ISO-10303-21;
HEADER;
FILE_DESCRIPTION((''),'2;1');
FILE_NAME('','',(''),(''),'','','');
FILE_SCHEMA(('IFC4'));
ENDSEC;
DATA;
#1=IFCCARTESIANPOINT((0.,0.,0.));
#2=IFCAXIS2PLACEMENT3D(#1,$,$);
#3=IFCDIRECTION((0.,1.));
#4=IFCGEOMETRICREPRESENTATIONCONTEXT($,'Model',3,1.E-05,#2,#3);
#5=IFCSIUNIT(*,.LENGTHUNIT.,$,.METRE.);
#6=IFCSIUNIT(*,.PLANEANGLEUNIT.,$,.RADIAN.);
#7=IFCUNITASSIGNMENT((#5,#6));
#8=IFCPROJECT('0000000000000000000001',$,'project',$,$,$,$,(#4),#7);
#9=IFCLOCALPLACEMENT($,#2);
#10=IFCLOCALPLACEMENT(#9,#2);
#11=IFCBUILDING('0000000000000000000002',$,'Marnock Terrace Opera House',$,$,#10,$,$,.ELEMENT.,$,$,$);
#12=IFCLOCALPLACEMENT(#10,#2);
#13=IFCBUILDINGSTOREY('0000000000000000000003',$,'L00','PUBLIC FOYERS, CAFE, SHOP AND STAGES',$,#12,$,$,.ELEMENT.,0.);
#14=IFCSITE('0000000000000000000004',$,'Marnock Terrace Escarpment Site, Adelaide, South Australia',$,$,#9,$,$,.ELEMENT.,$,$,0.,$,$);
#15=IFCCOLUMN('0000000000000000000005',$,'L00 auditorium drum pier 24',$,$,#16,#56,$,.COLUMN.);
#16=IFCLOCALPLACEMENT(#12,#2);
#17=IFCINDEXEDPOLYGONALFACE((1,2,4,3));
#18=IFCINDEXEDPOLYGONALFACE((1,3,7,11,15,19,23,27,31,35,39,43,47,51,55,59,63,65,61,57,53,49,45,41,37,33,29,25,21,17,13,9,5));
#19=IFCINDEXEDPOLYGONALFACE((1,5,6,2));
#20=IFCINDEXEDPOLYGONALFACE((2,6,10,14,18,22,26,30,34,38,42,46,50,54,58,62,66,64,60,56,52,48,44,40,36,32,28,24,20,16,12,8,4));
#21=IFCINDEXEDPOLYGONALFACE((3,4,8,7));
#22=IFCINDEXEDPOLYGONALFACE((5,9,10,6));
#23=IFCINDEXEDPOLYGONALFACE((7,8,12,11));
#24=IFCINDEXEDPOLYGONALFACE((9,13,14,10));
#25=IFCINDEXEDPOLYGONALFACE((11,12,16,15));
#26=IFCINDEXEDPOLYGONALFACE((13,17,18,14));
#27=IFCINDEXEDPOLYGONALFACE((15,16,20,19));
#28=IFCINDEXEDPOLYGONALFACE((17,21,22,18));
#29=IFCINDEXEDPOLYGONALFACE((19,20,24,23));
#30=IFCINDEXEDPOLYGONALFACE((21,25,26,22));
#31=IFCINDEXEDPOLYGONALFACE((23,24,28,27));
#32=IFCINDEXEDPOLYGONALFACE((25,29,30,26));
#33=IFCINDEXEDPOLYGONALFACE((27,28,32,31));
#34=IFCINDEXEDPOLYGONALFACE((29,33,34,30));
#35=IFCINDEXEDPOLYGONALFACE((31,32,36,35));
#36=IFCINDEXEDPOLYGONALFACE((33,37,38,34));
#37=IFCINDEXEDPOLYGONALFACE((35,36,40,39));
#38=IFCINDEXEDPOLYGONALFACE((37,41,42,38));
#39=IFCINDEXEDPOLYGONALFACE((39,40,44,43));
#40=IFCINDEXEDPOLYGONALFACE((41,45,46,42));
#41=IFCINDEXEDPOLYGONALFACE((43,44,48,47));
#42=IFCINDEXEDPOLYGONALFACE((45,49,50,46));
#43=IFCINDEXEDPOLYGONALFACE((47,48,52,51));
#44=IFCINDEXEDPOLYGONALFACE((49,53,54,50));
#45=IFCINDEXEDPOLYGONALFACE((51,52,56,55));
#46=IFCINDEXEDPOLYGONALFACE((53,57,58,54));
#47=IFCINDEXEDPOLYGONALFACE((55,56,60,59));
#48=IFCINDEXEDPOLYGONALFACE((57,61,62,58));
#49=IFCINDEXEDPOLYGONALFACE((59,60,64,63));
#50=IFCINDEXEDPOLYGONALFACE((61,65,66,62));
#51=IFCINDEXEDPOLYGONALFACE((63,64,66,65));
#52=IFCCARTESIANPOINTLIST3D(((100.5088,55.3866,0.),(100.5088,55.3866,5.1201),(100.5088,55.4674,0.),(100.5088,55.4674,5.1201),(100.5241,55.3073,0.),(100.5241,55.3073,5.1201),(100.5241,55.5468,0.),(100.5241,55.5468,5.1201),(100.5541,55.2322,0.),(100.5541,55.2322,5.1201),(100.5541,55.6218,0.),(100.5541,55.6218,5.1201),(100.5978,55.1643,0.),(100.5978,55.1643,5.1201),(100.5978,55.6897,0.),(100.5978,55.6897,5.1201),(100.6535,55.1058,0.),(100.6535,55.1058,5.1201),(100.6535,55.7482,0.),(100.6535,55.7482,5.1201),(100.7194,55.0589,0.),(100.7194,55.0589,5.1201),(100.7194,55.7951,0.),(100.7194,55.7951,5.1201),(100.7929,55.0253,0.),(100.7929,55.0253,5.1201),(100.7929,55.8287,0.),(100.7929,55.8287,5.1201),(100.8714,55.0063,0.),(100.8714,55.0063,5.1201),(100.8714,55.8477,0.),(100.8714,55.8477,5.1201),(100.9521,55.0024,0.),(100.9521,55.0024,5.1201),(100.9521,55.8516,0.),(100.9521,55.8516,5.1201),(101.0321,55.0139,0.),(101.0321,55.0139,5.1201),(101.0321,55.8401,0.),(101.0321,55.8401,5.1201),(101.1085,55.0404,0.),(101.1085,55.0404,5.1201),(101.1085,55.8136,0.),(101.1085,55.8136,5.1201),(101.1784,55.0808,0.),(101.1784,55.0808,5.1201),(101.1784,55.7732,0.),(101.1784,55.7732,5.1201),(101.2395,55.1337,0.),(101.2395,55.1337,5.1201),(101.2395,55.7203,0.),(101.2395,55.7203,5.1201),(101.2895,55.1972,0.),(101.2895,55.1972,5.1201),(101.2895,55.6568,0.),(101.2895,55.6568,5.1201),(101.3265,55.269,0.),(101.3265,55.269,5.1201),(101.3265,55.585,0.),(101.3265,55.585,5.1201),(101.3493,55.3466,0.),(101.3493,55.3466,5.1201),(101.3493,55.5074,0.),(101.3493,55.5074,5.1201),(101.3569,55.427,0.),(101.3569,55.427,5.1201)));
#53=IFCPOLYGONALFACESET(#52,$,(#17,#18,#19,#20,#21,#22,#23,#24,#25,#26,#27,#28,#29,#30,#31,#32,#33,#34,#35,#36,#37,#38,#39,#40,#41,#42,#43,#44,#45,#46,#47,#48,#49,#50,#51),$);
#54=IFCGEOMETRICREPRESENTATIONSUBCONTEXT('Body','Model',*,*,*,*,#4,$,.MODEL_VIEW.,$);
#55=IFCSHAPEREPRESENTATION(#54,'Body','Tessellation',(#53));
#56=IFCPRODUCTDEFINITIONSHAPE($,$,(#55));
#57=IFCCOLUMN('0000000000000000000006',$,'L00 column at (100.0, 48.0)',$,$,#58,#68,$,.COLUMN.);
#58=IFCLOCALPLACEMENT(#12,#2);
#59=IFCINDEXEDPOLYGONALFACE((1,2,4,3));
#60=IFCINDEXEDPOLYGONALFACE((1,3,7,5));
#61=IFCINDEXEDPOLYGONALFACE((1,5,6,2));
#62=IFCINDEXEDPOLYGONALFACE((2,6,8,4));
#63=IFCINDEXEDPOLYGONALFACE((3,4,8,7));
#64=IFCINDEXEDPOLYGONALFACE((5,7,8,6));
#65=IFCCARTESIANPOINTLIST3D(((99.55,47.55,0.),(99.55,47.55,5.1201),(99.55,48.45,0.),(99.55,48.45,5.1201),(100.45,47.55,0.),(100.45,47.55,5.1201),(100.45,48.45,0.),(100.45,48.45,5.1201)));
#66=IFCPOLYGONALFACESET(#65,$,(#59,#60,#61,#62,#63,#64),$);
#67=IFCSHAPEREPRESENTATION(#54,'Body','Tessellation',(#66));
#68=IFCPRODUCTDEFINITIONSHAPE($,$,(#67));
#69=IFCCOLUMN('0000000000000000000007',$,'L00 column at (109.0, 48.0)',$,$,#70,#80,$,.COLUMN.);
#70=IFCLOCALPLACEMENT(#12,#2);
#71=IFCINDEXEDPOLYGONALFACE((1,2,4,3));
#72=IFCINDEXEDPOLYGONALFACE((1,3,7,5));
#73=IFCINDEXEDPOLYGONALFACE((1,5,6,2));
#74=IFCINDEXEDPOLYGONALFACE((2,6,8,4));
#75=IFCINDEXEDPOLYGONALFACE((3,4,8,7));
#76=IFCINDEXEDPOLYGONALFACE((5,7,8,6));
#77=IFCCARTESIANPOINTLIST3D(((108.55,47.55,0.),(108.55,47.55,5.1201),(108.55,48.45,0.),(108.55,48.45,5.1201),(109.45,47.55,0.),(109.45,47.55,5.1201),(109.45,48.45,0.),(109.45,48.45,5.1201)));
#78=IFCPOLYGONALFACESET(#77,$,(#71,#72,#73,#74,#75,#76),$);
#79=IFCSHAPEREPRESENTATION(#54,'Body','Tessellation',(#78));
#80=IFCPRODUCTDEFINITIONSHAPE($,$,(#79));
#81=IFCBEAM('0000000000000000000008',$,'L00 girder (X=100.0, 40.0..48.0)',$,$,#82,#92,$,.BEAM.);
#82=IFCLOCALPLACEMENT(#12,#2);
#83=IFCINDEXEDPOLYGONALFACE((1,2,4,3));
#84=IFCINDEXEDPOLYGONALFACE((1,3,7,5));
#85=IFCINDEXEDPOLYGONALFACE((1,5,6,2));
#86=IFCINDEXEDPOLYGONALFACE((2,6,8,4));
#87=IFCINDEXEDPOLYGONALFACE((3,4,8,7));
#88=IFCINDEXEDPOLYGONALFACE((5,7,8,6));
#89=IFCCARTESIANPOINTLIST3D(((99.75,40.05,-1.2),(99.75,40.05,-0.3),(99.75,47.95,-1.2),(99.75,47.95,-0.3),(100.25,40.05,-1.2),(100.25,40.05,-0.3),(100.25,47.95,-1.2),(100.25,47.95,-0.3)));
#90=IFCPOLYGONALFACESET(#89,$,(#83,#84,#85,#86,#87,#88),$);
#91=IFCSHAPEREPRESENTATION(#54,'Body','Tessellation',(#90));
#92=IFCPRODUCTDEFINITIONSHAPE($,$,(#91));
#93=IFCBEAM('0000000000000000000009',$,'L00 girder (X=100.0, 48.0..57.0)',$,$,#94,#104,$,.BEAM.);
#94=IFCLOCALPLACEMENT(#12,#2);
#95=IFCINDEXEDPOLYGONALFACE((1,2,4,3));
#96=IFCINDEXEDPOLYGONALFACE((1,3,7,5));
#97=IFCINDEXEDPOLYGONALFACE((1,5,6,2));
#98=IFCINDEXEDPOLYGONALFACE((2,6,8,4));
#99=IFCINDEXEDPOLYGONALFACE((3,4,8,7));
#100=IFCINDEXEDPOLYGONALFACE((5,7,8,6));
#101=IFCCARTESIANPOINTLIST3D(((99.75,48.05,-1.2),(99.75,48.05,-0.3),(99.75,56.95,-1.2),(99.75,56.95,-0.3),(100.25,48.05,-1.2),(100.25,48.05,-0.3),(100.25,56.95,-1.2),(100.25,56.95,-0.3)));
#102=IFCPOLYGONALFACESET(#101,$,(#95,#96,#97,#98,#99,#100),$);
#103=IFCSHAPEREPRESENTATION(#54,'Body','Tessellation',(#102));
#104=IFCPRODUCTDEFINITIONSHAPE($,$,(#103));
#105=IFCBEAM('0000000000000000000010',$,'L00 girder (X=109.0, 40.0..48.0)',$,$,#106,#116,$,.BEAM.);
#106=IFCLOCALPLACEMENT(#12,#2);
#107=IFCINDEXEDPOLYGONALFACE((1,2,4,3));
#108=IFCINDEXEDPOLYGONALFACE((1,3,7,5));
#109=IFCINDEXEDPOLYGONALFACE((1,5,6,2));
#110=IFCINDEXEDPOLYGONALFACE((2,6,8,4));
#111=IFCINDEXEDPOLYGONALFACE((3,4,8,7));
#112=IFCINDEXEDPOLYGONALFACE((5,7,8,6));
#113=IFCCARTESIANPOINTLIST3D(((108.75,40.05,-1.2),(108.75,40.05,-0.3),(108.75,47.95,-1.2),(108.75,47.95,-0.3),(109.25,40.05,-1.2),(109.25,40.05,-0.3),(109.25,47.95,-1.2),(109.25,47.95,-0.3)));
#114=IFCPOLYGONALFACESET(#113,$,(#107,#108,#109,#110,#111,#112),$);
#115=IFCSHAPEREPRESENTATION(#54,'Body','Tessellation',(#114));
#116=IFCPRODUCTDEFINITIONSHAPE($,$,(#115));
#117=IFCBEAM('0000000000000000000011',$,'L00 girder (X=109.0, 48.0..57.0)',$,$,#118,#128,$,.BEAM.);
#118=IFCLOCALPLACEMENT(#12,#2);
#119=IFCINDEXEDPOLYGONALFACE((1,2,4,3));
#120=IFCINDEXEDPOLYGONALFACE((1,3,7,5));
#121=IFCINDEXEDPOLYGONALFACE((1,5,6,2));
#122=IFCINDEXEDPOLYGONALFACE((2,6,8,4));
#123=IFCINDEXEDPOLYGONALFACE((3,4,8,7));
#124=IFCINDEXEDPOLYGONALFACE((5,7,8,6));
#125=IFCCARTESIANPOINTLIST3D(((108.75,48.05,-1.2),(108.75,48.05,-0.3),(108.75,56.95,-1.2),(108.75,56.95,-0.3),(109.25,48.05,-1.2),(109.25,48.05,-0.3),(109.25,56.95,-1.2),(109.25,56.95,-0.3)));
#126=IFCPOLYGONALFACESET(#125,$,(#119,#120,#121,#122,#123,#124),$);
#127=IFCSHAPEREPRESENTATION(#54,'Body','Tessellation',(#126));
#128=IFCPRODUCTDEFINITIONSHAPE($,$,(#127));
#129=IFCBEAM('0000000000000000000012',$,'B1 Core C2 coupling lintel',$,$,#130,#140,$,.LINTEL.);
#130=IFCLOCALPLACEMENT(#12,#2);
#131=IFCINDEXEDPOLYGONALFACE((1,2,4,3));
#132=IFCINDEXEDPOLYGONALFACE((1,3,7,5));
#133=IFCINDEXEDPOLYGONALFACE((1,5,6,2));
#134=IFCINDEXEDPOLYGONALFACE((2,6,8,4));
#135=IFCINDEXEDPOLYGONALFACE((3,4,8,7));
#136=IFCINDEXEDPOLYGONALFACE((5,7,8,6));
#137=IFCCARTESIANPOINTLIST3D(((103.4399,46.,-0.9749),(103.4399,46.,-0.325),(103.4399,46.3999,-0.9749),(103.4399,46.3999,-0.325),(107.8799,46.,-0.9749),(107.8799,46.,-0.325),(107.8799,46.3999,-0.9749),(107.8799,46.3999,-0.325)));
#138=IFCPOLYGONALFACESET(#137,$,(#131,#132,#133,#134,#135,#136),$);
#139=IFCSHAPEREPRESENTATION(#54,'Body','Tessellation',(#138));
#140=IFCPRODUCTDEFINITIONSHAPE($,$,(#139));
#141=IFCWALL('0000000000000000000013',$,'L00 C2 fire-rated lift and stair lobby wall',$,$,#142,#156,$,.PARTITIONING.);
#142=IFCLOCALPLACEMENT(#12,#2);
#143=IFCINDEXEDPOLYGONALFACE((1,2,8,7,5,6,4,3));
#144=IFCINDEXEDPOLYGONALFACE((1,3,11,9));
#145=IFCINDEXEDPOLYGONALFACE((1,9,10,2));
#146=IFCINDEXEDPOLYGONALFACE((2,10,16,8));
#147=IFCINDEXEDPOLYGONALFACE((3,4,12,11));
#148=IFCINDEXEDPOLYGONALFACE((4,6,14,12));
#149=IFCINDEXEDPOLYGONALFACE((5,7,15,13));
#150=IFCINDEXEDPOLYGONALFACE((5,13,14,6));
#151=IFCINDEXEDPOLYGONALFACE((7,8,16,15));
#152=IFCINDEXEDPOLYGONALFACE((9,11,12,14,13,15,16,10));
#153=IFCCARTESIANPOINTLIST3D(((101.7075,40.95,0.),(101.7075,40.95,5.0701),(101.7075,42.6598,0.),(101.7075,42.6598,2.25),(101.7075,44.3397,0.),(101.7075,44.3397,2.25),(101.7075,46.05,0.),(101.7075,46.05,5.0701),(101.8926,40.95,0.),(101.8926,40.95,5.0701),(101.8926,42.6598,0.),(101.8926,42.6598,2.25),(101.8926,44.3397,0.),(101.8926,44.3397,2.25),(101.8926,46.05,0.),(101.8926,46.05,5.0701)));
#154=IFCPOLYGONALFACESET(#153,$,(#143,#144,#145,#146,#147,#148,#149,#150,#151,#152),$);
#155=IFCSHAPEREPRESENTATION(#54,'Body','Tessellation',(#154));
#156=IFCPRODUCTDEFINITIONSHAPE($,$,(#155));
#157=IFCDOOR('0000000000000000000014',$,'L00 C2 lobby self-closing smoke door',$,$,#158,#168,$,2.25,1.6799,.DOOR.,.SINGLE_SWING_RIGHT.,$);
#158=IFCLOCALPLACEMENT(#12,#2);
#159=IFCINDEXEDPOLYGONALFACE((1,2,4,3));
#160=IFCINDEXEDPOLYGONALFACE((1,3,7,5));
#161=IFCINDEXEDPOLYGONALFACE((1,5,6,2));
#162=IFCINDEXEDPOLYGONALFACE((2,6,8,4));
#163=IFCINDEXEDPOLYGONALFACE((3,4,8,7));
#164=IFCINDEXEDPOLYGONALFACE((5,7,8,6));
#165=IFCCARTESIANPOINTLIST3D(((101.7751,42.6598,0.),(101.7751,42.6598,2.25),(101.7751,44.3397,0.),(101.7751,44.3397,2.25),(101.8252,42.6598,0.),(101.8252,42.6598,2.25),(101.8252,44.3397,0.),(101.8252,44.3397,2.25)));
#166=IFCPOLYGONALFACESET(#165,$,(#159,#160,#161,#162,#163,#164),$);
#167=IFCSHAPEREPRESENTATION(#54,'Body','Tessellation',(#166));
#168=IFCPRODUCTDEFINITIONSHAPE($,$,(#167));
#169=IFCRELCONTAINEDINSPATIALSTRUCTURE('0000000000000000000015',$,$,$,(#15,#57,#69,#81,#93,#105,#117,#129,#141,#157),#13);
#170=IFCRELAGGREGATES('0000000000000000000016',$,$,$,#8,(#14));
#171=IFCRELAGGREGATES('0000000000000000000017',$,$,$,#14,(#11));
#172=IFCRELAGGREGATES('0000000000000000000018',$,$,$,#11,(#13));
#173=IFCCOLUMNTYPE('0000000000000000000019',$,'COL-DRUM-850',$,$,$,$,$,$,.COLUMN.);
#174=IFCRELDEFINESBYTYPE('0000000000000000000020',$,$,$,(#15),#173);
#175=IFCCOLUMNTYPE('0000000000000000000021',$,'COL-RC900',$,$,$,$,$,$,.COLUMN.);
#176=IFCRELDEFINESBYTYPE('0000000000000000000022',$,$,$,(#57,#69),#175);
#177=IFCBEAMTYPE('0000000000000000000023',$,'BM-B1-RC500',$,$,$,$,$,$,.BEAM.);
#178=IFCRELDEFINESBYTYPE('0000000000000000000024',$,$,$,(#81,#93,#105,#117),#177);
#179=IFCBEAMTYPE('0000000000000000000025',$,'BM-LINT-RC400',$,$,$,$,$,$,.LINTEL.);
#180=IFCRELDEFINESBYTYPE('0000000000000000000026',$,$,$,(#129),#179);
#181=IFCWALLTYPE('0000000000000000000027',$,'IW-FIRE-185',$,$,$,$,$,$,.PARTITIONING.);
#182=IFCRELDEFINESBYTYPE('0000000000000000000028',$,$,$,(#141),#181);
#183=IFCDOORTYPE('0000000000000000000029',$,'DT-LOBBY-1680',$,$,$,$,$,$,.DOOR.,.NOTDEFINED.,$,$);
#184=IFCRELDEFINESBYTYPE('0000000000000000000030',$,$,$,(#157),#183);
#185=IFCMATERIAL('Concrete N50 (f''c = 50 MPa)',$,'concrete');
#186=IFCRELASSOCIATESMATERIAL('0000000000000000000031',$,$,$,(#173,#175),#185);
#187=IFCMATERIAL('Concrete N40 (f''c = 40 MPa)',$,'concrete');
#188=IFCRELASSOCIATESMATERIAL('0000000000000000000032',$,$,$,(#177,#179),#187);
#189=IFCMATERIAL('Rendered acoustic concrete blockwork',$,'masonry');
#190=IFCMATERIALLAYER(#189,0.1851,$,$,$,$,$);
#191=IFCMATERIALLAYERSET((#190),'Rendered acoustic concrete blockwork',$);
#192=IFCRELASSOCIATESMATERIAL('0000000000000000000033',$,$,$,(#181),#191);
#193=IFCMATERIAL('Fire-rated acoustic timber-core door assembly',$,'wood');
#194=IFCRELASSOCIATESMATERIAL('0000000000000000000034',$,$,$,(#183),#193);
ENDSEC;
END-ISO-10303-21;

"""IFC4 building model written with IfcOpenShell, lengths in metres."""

from ifc_helpers import new_model, si_unit, direction, frame, frame_2d, origin, origin_2d, place, context, subcontext, project, spatial, rectangle, circle, extrude, material, layer, layer_set, material_profile, profile_set, type_object, element, fill, save


model = new_model("IFC4")

# Units and contexts
model_context = context("Model", 3, precision=1e-05, world=origin(), true_north=direction((0.0, 1.0)))
body_context = subcontext(model_context, "Body", "Model", "MODEL_VIEW")
ifc_project = project(units=[si_unit("LENGTHUNIT", "METRE"), si_unit("PLANEANGLEUNIT", "RADIAN")], contexts=[model_context])

# Site, building, storey
site_placement = place(None, origin())
site = spatial("IfcSite", under=ifc_project, at=site_placement, Name="Marnock Terrace Escarpment Site, Adelaide, South Australia", CompositionType="ELEMENT", RefElevation=0.0)
building_placement = place(site_placement, origin())
building = spatial("IfcBuilding", under=site, at=building_placement, Name="Marnock Terrace Opera House", CompositionType="ELEMENT")
storey_placement = place(building_placement, origin())
storey = spatial("IfcBuildingStorey", under=building, at=storey_placement, Name="L00", Description="PUBLIC FOYERS, CAFE, SHOP AND STAGES", CompositionType="ELEMENT", Elevation=0.0)

# Columns
ifc_material_1 = material(Name="Concrete N50 (f'c = 50 MPa)", Category="concrete")
ifc_material_profile_1 = material_profile(ifc_material_1, circle(Radius=0.425, at=origin_2d()))
ifc_profile_set_1 = profile_set([ifc_material_profile_1], Name="Concrete N50 (f'c = 50 MPa)")
column_type_1 = type_object("IfcColumnType", Name="COL-DRUM-850", PredefinedType="COLUMN", material=ifc_profile_set_1)
column_placement = place(storey_placement, frame((100.9319, 55.427, 0.0), z_axis=(0.0, 0.0, 1.0), x_axis=(1.0, 0.0, 0.0)))
element("IfcColumn", 1, at=column_placement, inside=storey, type_object=column_type_1, Name="L00 auditorium drum pier 24", PredefinedType="COLUMN", context=body_context, shape_type="SweptSolid", body=[
    extrude(circle(Radius=0.425, at=origin_2d()), origin(), (0.0, 0.0, 1.0), 5.1201),
])
ifc_material_profile_2 = material_profile(ifc_material_1, rectangle(XDim=0.8999, YDim=0.8999, at=origin_2d()))
ifc_profile_set_2 = profile_set([ifc_material_profile_2], Name="Concrete N50 (f'c = 50 MPa)")
column_type_2 = type_object("IfcColumnType", Name="COL-RC900", PredefinedType="COLUMN", material=ifc_profile_set_2)
for number, where, z_axis, x_axis, name in (
    (2, (100.0, 48.0, 0.0), (0.0, 0.0, 1.0), (1.0, 0.0, 0.0), "L00 column at (100.0, 48.0)"),
    (3, (109.0, 48.0, 0.0), (0.0, 0.0, 1.0), (1.0, 0.0, 0.0), "L00 column at (109.0, 48.0)"),
):
    element("IfcColumn", number, at=place(storey_placement, frame(where, z_axis=z_axis, x_axis=x_axis)), inside=storey, type_object=column_type_2, Name=name, PredefinedType="COLUMN", context=body_context, shape_type="SweptSolid", body=[
        extrude(rectangle(XDim=0.8999, YDim=0.8999, at=origin_2d()), origin(), (0.0, 0.0, 1.0), 5.1201),
    ])

# Beams
ifc_material_2 = material(Name="Concrete N40 (f'c = 40 MPa)", Category="concrete")
ifc_material_profile_3 = material_profile(ifc_material_2, rectangle(XDim=0.5, YDim=0.8999, at=origin_2d()))
ifc_profile_set_3 = profile_set([ifc_material_profile_3], Name="Concrete N40 (f'c = 40 MPa)")
beam_type_1 = type_object("IfcBeamType", Name="BM-B1-RC500", PredefinedType="BEAM", material=ifc_profile_set_3)
beam_1_placement = place(storey_placement, frame((100.0, 40.05, -0.75), z_axis=(0.0, 1.0, 0.0), x_axis=(-1.0, 0.0, 0.0)))
element("IfcBeam", 4, at=beam_1_placement, inside=storey, type_object=beam_type_1, Name="L00 girder (X=100.0, 40.0..48.0)", PredefinedType="BEAM", context=body_context, shape_type="SweptSolid", body=[
    extrude(rectangle(XDim=0.5, YDim=0.8999, at=origin_2d()), origin(), (0.0, 0.0, 1.0), 7.8999),
])
beam_2_placement = place(storey_placement, frame((100.0, 48.05, -0.75), z_axis=(0.0, 1.0, 0.0), x_axis=(-1.0, 0.0, 0.0)))
element("IfcBeam", 5, at=beam_2_placement, inside=storey, type_object=beam_type_1, Name="L00 girder (X=100.0, 48.0..57.0)", PredefinedType="BEAM", context=body_context, shape_type="SweptSolid", body=[
    extrude(rectangle(XDim=0.5, YDim=0.8999, at=origin_2d()), origin(), (0.0, 0.0, 1.0), 8.8999),
])
beam_3_placement = place(storey_placement, frame((109.0, 40.05, -0.75), z_axis=(0.0, 1.0, 0.0), x_axis=(-1.0, 0.0, 0.0)))
element("IfcBeam", 6, at=beam_3_placement, inside=storey, type_object=beam_type_1, Name="L00 girder (X=109.0, 40.0..48.0)", PredefinedType="BEAM", context=body_context, shape_type="SweptSolid", body=[
    extrude(rectangle(XDim=0.5, YDim=0.8999, at=origin_2d()), origin(), (0.0, 0.0, 1.0), 7.8999),
])
beam_4_placement = place(storey_placement, frame((109.0, 48.05, -0.75), z_axis=(0.0, 1.0, 0.0), x_axis=(-1.0, 0.0, 0.0)))
element("IfcBeam", 7, at=beam_4_placement, inside=storey, type_object=beam_type_1, Name="L00 girder (X=109.0, 48.0..57.0)", PredefinedType="BEAM", context=body_context, shape_type="SweptSolid", body=[
    extrude(rectangle(XDim=0.5, YDim=0.8999, at=origin_2d()), origin(), (0.0, 0.0, 1.0), 8.8999),
])
ifc_material_profile_4 = material_profile(ifc_material_2, rectangle(XDim=0.3999, YDim=0.6499, at=origin_2d()))
ifc_profile_set_4 = profile_set([ifc_material_profile_4], Name="Concrete N40 (f'c = 40 MPa)")
beam_type_2 = type_object("IfcBeamType", Name="BM-LINT-RC400", PredefinedType="LINTEL", material=ifc_profile_set_4)
beam_5_placement = place(storey_placement, frame((103.4399, 46.2, -0.6499), z_axis=(1.0, 0.0, 0.0), x_axis=(0.0, 1.0, 0.0)))
element("IfcBeam", 8, at=beam_5_placement, inside=storey, type_object=beam_type_2, Name="B1 Core C2 coupling lintel", PredefinedType="LINTEL", context=body_context, shape_type="SweptSolid", body=[
    extrude(rectangle(XDim=0.3999, YDim=0.6499, at=origin_2d()), origin(), (0.0, 0.0, 1.0), 4.4399),
])

# Wall, opening, door
ifc_material_3 = material(Name="Rendered acoustic concrete blockwork", Category="masonry")
ifc_layer_1 = layer(ifc_material_3, 0.1851)
ifc_layer_set_1 = layer_set([ifc_layer_1], Name="Rendered acoustic concrete blockwork")
wall_type_1 = type_object("IfcWallType", Name="IW-FIRE-185", PredefinedType="PARTITIONING", material=ifc_layer_set_1)
wall_1_placement = place(storey_placement, frame((101.8, 40.95, 0.0), z_axis=(0.0, 0.0, 1.0), x_axis=(0.0, 1.0, 0.0)))
wall_1 = element("IfcWall", 9, at=wall_1_placement, inside=storey, type_object=wall_type_1, Name="L00 C2 fire-rated lift and stair lobby wall", PredefinedType="PARTITIONING", context=body_context, shape_type="SweptSolid", body=[
    extrude(rectangle(XDim=5.1001, YDim=0.1851, at=frame_2d((2.55, 0.0))), origin(), (0.0, 0.0, 1.0), 5.0701),
])
opening_1_placement = place(wall_1_placement, frame((1.71, 0.0, 0.0)))
opening_1 = element("IfcOpeningElement", 10, at=opening_1_placement, cuts=wall_1, PredefinedType="OPENING", context=body_context, shape_type="SweptSolid", body=[
    extrude(rectangle(XDim=1.6799, YDim=2.25, at=frame_2d((0.8398, 1.125))), frame((0.0, 0.1025, 0.0), z_axis=(0.0, -1.0, 0.0), x_axis=(1.0, 0.0, 0.0)), (0.0, 0.0, 1.0), 0.2051),
])
ifc_material_4 = material(Name="Fire-rated acoustic timber-core door assembly", Category="wood")
door_type_1 = type_object("IfcDoorType", Name="DT-LOBBY-1680", OperationType="NOTDEFINED", PredefinedType="DOOR", material=ifc_material_4)
door_1_placement = place(opening_1_placement, origin())
door_1 = element("IfcDoor", 11, at=door_1_placement, inside=storey, type_object=door_type_1, Name="L00 C2 lobby self-closing smoke door", OperationType="SINGLE_SWING_RIGHT", OverallHeight=2.25, OverallWidth=1.6799, PredefinedType="DOOR", context=body_context, shape_type="SweptSolid", body=[
    extrude(rectangle(XDim=1.6799, YDim=2.25, at=frame_2d((0.8398, 1.125))), frame((0.0, 0.0249, 0.0), z_axis=(0.0, -1.0, 0.0), x_axis=(1.0, 0.0, 0.0)), (0.0, 0.0, 1.0), 0.05),
])
fill(opening_1, door_1)

save(model, "model.ifc")
